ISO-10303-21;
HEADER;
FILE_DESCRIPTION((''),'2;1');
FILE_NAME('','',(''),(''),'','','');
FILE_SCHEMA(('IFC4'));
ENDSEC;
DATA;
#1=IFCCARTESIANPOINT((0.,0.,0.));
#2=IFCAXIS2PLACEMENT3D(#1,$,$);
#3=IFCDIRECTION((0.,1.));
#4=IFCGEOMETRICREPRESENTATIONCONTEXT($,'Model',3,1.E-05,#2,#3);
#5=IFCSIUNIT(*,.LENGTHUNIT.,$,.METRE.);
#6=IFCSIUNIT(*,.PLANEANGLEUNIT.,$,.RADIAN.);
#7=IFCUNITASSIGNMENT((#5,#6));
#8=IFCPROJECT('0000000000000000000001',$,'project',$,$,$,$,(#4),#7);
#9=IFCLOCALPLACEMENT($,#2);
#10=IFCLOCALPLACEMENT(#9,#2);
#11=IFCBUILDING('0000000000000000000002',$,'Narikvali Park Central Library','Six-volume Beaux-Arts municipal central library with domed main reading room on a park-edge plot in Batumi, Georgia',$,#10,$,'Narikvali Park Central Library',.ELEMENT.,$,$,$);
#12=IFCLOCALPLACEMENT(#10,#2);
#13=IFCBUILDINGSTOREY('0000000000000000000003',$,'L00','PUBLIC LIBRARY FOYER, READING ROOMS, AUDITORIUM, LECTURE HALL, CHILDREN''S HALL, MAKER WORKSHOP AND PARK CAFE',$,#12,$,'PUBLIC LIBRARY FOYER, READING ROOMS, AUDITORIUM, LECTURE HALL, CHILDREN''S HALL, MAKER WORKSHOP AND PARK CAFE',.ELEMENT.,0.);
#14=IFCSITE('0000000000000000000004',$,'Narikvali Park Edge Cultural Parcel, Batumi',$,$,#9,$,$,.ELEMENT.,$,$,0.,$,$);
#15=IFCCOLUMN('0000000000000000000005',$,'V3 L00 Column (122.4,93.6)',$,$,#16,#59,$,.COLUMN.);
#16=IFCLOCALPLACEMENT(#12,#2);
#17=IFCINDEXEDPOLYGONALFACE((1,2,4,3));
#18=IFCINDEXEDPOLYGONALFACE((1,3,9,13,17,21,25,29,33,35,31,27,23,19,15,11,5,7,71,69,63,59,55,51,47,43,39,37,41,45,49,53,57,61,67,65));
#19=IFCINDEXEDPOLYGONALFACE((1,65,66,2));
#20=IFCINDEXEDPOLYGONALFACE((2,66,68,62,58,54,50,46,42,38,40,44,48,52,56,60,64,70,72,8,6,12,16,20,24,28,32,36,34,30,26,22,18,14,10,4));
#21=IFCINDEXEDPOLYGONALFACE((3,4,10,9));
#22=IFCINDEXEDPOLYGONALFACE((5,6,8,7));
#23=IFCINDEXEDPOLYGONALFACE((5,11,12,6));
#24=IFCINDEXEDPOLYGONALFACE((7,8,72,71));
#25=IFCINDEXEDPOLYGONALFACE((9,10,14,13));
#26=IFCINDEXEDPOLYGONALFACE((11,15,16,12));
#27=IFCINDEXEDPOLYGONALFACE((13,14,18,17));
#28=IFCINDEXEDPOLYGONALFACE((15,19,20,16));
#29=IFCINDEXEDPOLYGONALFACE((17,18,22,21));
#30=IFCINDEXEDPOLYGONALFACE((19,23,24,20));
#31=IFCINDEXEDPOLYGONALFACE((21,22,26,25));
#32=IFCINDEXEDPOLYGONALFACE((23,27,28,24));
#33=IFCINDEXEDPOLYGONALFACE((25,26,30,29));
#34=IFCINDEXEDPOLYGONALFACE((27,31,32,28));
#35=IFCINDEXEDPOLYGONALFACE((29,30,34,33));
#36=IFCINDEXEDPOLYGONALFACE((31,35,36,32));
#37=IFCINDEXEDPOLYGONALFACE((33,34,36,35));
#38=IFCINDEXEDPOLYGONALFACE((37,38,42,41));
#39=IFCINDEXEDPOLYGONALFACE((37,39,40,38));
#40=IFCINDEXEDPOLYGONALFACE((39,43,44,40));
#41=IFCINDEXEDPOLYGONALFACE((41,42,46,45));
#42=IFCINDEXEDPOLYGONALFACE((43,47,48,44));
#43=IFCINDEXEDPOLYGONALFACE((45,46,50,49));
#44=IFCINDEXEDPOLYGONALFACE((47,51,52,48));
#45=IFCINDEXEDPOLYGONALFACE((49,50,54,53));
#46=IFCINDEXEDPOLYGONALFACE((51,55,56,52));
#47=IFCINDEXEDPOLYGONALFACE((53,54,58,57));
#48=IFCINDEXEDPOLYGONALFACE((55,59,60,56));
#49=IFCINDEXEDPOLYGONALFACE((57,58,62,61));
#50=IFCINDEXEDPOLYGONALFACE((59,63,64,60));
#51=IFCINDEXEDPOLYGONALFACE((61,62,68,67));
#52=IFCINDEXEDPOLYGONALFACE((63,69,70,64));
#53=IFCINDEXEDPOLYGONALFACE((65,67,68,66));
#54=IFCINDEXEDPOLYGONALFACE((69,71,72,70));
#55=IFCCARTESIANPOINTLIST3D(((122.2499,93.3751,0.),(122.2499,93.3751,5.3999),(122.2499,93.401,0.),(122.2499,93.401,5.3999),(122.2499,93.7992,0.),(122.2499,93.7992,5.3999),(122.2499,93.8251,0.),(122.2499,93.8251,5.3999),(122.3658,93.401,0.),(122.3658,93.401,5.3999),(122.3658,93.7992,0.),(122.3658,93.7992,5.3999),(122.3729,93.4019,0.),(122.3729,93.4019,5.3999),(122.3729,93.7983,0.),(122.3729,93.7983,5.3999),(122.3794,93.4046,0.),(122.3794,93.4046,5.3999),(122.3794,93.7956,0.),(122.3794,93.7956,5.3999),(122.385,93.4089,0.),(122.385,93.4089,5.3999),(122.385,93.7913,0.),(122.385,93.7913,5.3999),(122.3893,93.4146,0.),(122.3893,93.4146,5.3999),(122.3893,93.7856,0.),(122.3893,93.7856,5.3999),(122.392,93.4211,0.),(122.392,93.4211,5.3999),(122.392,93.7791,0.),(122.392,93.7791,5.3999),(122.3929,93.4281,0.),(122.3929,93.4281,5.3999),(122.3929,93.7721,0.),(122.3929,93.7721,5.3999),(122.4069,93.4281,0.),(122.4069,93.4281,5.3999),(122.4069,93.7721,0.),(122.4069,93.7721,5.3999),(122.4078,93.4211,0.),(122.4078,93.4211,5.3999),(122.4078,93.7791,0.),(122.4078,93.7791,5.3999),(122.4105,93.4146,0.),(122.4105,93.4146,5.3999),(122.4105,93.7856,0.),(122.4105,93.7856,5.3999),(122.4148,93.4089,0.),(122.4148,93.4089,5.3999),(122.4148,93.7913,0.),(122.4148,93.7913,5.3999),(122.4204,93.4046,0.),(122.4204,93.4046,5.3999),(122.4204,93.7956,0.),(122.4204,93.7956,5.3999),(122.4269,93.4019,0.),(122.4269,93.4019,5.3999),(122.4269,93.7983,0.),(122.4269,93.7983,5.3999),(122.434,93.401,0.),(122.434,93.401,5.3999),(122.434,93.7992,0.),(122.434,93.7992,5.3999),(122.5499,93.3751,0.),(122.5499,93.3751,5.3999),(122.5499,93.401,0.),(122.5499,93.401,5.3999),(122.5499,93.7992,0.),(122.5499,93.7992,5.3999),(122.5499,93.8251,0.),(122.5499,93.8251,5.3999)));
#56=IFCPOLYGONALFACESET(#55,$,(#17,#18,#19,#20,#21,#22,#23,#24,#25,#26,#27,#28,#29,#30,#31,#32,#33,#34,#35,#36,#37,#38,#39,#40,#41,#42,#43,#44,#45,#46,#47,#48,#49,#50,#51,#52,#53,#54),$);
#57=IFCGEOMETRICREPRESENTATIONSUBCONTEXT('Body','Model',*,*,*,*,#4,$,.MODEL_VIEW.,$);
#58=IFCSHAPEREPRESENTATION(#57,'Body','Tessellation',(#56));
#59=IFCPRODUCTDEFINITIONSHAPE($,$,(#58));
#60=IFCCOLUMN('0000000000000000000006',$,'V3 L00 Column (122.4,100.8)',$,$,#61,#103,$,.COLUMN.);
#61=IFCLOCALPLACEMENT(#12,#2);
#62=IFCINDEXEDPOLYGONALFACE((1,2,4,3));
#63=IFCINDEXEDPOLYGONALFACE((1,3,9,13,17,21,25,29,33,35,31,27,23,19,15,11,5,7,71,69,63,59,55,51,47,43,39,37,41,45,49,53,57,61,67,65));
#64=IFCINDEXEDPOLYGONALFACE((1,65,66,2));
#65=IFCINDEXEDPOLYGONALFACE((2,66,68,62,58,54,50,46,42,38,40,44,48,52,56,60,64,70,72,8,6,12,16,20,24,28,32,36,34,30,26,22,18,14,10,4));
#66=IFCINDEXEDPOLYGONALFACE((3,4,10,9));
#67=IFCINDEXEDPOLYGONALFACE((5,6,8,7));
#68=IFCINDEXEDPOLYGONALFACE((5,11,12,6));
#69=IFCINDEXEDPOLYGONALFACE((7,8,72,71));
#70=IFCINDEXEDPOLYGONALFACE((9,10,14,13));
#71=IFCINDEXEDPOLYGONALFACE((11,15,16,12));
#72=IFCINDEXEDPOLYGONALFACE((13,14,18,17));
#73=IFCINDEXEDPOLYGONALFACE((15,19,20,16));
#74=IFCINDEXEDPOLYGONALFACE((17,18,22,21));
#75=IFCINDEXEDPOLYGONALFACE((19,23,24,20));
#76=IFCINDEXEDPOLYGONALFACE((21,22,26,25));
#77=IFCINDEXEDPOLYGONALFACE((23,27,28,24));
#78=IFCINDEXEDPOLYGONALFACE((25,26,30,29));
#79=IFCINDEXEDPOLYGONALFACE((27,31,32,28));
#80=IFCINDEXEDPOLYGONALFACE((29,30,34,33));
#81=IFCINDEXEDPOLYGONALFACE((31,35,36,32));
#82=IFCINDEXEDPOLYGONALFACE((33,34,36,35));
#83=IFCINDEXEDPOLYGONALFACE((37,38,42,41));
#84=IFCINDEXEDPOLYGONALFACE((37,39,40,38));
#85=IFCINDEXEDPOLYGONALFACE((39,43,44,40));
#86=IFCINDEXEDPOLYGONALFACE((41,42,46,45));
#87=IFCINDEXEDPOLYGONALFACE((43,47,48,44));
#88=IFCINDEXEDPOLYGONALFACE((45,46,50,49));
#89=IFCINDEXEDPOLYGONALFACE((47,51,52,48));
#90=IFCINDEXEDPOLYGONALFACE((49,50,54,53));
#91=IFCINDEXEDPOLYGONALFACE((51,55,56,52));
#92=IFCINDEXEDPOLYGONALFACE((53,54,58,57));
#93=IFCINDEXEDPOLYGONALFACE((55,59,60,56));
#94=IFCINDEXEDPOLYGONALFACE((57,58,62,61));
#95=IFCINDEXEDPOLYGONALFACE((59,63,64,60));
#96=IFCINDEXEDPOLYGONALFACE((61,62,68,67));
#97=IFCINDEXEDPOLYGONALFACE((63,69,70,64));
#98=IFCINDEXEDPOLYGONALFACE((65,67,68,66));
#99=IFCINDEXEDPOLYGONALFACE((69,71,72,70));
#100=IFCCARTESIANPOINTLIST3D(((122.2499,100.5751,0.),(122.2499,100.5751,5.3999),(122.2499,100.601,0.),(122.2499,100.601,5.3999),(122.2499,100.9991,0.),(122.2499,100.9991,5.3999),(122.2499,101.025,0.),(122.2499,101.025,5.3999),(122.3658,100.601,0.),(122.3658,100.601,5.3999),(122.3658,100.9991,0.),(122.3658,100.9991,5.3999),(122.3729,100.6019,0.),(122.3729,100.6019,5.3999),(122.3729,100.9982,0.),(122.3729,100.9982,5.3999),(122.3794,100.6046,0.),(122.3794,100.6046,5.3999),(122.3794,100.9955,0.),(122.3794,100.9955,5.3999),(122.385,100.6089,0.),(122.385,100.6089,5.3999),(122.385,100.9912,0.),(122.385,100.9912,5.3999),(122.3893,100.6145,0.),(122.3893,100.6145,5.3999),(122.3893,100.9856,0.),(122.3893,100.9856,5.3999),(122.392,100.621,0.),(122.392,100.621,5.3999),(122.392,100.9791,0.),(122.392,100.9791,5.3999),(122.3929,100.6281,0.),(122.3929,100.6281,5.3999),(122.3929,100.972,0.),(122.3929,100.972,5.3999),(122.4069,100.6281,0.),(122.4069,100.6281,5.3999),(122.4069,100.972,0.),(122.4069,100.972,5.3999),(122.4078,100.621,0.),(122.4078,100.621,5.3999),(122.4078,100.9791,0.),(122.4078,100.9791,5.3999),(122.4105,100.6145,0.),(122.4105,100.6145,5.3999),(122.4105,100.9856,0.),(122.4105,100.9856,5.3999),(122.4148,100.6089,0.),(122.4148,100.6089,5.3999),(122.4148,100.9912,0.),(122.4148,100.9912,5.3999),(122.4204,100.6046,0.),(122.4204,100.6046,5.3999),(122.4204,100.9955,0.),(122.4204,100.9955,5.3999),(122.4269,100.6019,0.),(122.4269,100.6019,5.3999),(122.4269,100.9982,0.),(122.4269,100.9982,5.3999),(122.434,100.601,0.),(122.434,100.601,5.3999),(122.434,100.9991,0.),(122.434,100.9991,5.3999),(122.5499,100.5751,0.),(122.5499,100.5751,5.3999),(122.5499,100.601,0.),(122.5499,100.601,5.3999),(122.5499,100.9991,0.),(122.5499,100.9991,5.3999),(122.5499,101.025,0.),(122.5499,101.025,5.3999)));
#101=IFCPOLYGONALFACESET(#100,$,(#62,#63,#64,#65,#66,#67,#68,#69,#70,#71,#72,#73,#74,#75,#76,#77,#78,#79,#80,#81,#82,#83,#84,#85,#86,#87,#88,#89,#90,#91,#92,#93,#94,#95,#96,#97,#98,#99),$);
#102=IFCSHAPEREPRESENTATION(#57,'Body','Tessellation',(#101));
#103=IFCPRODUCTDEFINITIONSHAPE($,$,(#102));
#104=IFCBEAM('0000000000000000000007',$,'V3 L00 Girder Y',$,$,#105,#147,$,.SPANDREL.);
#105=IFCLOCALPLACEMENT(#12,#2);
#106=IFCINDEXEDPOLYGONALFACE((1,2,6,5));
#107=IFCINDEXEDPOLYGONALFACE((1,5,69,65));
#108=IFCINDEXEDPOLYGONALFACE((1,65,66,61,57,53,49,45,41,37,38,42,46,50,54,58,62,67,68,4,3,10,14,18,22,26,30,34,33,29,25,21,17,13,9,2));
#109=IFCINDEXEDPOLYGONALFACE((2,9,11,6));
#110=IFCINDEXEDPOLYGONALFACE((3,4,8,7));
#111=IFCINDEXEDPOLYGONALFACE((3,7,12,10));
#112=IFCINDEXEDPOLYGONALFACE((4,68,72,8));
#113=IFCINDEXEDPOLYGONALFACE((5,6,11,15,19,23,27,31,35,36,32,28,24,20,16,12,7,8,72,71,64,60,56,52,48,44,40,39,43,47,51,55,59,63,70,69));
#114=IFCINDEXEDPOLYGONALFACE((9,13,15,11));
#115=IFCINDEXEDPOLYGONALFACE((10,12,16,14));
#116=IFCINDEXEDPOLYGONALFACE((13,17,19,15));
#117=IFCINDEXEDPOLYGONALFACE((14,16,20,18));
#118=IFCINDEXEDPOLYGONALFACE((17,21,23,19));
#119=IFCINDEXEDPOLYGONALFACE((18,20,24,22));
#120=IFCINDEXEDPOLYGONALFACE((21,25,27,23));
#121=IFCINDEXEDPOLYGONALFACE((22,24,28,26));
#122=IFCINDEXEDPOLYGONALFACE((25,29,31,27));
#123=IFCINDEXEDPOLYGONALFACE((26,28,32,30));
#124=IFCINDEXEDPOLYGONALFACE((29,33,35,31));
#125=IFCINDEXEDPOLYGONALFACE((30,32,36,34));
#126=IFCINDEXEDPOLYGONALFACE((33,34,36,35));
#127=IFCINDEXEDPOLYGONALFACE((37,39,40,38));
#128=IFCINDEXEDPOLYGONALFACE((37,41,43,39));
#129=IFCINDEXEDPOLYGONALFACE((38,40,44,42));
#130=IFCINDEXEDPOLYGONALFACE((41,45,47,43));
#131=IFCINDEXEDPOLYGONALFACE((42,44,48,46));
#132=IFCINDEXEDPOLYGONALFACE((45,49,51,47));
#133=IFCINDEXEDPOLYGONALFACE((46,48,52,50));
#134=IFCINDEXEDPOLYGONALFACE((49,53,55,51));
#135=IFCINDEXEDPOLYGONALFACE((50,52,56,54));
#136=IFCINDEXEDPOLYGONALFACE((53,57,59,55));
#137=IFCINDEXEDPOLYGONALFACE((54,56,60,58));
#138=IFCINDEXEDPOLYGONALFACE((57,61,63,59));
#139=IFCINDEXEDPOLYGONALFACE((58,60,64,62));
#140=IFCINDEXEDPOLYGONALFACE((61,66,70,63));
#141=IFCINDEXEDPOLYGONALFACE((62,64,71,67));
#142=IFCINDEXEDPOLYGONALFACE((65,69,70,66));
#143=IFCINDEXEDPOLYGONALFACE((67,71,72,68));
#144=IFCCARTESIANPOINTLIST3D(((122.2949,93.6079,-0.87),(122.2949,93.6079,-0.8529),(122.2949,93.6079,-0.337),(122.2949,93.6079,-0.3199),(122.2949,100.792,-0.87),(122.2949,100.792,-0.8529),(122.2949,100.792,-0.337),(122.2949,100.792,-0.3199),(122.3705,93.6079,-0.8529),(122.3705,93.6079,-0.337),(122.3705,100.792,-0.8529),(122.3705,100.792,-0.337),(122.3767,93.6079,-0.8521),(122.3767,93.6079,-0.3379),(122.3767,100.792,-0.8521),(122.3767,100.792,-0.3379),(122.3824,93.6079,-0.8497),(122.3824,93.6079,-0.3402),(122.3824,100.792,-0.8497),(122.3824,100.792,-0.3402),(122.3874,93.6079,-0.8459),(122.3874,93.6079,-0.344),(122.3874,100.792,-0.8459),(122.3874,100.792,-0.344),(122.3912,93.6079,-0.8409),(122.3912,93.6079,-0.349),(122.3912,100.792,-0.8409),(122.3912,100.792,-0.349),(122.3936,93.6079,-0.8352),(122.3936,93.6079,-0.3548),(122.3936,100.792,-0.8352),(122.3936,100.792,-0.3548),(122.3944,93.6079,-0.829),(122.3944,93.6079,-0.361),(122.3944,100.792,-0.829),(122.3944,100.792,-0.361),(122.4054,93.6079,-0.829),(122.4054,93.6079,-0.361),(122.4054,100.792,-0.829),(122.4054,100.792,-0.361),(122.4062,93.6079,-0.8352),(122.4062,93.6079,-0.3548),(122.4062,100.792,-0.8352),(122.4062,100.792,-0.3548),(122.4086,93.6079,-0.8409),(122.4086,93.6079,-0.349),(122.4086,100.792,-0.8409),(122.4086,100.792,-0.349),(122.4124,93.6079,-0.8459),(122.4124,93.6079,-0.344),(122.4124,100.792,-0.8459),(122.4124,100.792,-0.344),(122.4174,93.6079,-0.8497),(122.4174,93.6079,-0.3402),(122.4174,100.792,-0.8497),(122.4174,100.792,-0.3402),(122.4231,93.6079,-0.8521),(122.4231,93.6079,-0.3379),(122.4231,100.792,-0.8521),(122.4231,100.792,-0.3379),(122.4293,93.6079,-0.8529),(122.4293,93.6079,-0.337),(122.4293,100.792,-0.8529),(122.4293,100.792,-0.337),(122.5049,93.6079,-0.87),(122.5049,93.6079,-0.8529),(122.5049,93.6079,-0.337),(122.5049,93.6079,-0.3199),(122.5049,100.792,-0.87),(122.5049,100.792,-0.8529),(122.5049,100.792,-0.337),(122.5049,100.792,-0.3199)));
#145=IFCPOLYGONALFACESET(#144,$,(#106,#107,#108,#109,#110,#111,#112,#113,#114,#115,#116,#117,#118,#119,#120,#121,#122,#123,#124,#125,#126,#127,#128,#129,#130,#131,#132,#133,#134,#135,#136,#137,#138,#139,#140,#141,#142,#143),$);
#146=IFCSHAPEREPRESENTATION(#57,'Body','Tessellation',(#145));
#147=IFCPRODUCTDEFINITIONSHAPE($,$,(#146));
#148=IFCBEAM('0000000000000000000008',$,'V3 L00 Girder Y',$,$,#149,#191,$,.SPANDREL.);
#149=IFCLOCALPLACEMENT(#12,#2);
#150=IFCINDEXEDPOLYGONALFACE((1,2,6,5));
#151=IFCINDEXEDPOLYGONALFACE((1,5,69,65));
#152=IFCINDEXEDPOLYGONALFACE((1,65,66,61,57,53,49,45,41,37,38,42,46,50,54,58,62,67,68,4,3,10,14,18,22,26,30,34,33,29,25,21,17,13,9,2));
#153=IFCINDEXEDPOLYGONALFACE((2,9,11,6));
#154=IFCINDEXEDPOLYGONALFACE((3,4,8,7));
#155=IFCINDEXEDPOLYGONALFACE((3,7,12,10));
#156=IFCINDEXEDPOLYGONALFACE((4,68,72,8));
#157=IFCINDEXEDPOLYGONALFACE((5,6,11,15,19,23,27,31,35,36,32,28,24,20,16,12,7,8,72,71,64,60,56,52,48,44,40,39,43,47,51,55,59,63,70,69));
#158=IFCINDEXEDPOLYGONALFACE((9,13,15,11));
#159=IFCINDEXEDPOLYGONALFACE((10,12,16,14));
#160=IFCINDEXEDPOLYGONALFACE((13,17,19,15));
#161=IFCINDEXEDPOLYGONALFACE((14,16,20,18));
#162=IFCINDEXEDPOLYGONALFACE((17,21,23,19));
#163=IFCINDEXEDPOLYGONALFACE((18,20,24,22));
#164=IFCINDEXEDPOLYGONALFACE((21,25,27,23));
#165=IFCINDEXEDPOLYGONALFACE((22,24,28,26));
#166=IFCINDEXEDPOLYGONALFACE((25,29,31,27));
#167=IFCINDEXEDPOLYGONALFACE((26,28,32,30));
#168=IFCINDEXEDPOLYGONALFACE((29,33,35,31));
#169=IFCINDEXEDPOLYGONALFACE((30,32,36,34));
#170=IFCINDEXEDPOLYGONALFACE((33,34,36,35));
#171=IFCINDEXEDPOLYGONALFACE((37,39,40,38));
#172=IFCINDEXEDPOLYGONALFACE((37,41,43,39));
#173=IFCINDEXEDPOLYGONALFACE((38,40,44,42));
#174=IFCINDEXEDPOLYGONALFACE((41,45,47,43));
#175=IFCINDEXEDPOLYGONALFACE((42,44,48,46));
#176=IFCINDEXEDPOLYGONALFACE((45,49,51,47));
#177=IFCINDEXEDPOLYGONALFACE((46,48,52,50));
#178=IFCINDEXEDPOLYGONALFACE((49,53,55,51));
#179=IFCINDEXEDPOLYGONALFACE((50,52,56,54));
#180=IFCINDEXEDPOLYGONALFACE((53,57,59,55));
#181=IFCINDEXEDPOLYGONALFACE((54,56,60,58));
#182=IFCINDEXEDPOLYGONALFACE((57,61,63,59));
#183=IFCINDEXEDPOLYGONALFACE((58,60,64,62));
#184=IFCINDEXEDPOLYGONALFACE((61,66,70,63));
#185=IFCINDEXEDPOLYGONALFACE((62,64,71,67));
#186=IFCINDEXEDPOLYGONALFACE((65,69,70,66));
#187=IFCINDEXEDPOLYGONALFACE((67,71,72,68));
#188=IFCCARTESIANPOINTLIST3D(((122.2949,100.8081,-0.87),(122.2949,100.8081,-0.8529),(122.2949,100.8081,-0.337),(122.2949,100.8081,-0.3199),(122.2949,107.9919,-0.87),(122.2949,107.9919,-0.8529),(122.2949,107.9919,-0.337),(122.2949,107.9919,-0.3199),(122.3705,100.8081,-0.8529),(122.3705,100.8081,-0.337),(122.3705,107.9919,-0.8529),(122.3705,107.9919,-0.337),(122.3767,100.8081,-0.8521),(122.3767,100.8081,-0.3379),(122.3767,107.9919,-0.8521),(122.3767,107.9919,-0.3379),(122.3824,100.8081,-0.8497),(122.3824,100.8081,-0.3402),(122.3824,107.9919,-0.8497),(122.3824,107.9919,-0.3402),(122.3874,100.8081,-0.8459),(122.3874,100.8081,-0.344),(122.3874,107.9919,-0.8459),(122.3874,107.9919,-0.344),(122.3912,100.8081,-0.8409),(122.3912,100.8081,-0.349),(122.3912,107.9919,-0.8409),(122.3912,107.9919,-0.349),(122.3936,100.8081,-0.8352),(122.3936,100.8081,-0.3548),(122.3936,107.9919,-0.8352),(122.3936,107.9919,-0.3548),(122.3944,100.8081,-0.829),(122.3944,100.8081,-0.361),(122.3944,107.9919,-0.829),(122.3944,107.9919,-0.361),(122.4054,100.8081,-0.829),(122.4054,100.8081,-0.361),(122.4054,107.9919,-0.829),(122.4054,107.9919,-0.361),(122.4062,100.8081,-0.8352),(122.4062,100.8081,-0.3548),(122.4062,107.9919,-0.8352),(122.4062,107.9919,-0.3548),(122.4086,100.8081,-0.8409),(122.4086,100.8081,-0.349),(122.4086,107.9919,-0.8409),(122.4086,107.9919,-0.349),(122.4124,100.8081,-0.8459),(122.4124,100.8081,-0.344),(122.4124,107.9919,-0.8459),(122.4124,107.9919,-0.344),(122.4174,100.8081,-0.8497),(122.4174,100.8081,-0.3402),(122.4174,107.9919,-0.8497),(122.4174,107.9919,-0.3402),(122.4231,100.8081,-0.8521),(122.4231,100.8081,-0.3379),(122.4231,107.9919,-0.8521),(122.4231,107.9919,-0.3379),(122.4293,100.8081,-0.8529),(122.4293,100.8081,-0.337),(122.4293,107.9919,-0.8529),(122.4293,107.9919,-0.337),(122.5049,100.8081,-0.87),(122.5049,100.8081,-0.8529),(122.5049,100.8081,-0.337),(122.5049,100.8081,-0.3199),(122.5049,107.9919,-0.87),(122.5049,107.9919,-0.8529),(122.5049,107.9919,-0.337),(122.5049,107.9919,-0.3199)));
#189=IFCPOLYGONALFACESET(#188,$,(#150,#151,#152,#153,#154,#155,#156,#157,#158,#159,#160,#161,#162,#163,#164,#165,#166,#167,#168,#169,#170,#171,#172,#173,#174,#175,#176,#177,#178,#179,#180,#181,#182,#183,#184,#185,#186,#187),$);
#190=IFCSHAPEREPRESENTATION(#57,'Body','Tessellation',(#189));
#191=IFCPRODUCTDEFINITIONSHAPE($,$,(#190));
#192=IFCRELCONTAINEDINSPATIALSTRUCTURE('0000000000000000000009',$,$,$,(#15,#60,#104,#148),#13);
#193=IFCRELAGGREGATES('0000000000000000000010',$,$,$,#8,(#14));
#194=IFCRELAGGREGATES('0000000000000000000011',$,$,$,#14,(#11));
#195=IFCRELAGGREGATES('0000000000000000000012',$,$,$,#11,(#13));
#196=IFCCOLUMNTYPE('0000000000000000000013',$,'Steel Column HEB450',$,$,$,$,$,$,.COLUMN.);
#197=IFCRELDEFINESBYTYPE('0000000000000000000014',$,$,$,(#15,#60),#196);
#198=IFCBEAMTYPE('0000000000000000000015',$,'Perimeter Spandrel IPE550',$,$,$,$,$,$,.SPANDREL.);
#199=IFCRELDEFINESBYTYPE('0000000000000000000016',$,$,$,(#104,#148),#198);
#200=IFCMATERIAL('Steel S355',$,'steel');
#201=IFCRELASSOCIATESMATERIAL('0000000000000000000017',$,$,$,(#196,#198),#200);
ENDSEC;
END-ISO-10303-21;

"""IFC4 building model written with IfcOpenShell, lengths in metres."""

from ifc_helpers import new_model, si_unit, direction, frame, origin, origin_2d, place, context, subcontext, project, spatial, i_section, extrude, material, material_profile, profile_set, type_object, element, save


model = new_model("IFC4")

# Units and contexts
model_context = context("Model", 3, precision=1e-05, world=origin(), true_north=direction((0.0, 1.0)))
body_context = subcontext(model_context, "Body", "Model", "MODEL_VIEW")
ifc_project = project(units=[si_unit("LENGTHUNIT", "METRE"), si_unit("PLANEANGLEUNIT", "RADIAN")], contexts=[model_context])

# Site, building, storey
site_placement = place(None, origin())
site = spatial("IfcSite", under=ifc_project, at=site_placement, Name="Narikvali Park Edge Cultural Parcel, Batumi", CompositionType="ELEMENT", RefElevation=0.0)
building_placement = place(site_placement, origin())
building = spatial("IfcBuilding", under=site, at=building_placement, Name="Narikvali Park Central Library", Description="Six-volume Beaux-Arts municipal central library with domed main reading room on a park-edge plot in Batumi, Georgia", LongName="Narikvali Park Central Library", CompositionType="ELEMENT")
storey_placement = place(building_placement, origin())
storey = spatial("IfcBuildingStorey", under=building, at=storey_placement, Name="L00", Description="PUBLIC LIBRARY FOYER, READING ROOMS, AUDITORIUM, LECTURE HALL, CHILDREN'S HALL, MAKER WORKSHOP AND PARK CAFE", LongName="PUBLIC LIBRARY FOYER, READING ROOMS, AUDITORIUM, LECTURE HALL, CHILDREN'S HALL, MAKER WORKSHOP AND PARK CAFE", CompositionType="ELEMENT", Elevation=0.0)

# Columns
ifc_material_1 = material(Name="Steel S355", Category="steel")
ifc_material_profile_1 = material_profile(ifc_material_1, i_section(OverallWidth=0.3, OverallDepth=0.45, WebThickness=0.0139, FlangeThickness=0.0259, FilletRadius=0.0271, at=origin_2d()), Name="HEB 450")
ifc_profile_set_1 = profile_set([ifc_material_profile_1], Name="Steel S355")
column_type = type_object("IfcColumnType", Name="Steel Column HEB450", PredefinedType="COLUMN", material=ifc_profile_set_1)
for number, where, z_axis, x_axis, name in (
    (1, (122.3999, 93.6001, 0.0), (0.0, 0.0, 1.0), (1.0, 0.0, 0.0), "V3 L00 Column (122.4,93.6)"),
    (2, (122.3999, 100.8, 0.0), (0.0, 0.0, 1.0), (1.0, 0.0, 0.0), "V3 L00 Column (122.4,100.8)"),
):
    element("IfcColumn", number, at=place(storey_placement, frame(where, z_axis=z_axis, x_axis=x_axis)), inside=storey, type_object=column_type, Name=name, PredefinedType="COLUMN", context=body_context, shape_type="SweptSolid", body=[
        extrude(i_section(OverallWidth=0.3, OverallDepth=0.45, WebThickness=0.0139, FlangeThickness=0.0259, FilletRadius=0.0271, at=origin_2d()), origin(), (0.0, 0.0, 1.0), 5.3999),
    ])

# Beams
ifc_material_profile_2 = material_profile(ifc_material_1, i_section(OverallWidth=0.21, OverallDepth=0.55, WebThickness=0.011, FlangeThickness=0.0171, FilletRadius=0.0239, at=origin_2d()), Name="IPE 550")
ifc_profile_set_2 = profile_set([ifc_material_profile_2], Name="Steel S355")
beam_type_1 = type_object("IfcBeamType", Name="Perimeter Spandrel IPE550", PredefinedType="SPANDREL", material=ifc_profile_set_2)
beam_1_placement = place(storey_placement, frame((122.3999, 93.6079, -0.595), z_axis=(0.0, 1.0, 0.0), x_axis=(-1.0, 0.0, 0.0)))
element("IfcBeam", 3, at=beam_1_placement, inside=storey, type_object=beam_type_1, Name="V3 L00 Girder Y", PredefinedType="SPANDREL", context=body_context, shape_type="SweptSolid", body=[
    extrude(i_section(OverallWidth=0.21, OverallDepth=0.55, WebThickness=0.011, FlangeThickness=0.0171, FilletRadius=0.0239, at=origin_2d()), origin(), (0.0, 0.0, 1.0), 7.1841),
])
beam_2_placement = place(storey_placement, frame((122.3999, 100.8081, -0.595), z_axis=(0.0, 1.0, 0.0), x_axis=(-1.0, 0.0, 0.0)))
element("IfcBeam", 4, at=beam_2_placement, inside=storey, type_object=beam_type_1, Name="V3 L00 Girder Y", PredefinedType="SPANDREL", context=body_context, shape_type="SweptSolid", body=[
    extrude(i_section(OverallWidth=0.21, OverallDepth=0.55, WebThickness=0.011, FlangeThickness=0.0171, FilletRadius=0.0239, at=origin_2d()), origin(), (0.0, 0.0, 1.0), 7.1838),
])

save(model, "model.ifc")
